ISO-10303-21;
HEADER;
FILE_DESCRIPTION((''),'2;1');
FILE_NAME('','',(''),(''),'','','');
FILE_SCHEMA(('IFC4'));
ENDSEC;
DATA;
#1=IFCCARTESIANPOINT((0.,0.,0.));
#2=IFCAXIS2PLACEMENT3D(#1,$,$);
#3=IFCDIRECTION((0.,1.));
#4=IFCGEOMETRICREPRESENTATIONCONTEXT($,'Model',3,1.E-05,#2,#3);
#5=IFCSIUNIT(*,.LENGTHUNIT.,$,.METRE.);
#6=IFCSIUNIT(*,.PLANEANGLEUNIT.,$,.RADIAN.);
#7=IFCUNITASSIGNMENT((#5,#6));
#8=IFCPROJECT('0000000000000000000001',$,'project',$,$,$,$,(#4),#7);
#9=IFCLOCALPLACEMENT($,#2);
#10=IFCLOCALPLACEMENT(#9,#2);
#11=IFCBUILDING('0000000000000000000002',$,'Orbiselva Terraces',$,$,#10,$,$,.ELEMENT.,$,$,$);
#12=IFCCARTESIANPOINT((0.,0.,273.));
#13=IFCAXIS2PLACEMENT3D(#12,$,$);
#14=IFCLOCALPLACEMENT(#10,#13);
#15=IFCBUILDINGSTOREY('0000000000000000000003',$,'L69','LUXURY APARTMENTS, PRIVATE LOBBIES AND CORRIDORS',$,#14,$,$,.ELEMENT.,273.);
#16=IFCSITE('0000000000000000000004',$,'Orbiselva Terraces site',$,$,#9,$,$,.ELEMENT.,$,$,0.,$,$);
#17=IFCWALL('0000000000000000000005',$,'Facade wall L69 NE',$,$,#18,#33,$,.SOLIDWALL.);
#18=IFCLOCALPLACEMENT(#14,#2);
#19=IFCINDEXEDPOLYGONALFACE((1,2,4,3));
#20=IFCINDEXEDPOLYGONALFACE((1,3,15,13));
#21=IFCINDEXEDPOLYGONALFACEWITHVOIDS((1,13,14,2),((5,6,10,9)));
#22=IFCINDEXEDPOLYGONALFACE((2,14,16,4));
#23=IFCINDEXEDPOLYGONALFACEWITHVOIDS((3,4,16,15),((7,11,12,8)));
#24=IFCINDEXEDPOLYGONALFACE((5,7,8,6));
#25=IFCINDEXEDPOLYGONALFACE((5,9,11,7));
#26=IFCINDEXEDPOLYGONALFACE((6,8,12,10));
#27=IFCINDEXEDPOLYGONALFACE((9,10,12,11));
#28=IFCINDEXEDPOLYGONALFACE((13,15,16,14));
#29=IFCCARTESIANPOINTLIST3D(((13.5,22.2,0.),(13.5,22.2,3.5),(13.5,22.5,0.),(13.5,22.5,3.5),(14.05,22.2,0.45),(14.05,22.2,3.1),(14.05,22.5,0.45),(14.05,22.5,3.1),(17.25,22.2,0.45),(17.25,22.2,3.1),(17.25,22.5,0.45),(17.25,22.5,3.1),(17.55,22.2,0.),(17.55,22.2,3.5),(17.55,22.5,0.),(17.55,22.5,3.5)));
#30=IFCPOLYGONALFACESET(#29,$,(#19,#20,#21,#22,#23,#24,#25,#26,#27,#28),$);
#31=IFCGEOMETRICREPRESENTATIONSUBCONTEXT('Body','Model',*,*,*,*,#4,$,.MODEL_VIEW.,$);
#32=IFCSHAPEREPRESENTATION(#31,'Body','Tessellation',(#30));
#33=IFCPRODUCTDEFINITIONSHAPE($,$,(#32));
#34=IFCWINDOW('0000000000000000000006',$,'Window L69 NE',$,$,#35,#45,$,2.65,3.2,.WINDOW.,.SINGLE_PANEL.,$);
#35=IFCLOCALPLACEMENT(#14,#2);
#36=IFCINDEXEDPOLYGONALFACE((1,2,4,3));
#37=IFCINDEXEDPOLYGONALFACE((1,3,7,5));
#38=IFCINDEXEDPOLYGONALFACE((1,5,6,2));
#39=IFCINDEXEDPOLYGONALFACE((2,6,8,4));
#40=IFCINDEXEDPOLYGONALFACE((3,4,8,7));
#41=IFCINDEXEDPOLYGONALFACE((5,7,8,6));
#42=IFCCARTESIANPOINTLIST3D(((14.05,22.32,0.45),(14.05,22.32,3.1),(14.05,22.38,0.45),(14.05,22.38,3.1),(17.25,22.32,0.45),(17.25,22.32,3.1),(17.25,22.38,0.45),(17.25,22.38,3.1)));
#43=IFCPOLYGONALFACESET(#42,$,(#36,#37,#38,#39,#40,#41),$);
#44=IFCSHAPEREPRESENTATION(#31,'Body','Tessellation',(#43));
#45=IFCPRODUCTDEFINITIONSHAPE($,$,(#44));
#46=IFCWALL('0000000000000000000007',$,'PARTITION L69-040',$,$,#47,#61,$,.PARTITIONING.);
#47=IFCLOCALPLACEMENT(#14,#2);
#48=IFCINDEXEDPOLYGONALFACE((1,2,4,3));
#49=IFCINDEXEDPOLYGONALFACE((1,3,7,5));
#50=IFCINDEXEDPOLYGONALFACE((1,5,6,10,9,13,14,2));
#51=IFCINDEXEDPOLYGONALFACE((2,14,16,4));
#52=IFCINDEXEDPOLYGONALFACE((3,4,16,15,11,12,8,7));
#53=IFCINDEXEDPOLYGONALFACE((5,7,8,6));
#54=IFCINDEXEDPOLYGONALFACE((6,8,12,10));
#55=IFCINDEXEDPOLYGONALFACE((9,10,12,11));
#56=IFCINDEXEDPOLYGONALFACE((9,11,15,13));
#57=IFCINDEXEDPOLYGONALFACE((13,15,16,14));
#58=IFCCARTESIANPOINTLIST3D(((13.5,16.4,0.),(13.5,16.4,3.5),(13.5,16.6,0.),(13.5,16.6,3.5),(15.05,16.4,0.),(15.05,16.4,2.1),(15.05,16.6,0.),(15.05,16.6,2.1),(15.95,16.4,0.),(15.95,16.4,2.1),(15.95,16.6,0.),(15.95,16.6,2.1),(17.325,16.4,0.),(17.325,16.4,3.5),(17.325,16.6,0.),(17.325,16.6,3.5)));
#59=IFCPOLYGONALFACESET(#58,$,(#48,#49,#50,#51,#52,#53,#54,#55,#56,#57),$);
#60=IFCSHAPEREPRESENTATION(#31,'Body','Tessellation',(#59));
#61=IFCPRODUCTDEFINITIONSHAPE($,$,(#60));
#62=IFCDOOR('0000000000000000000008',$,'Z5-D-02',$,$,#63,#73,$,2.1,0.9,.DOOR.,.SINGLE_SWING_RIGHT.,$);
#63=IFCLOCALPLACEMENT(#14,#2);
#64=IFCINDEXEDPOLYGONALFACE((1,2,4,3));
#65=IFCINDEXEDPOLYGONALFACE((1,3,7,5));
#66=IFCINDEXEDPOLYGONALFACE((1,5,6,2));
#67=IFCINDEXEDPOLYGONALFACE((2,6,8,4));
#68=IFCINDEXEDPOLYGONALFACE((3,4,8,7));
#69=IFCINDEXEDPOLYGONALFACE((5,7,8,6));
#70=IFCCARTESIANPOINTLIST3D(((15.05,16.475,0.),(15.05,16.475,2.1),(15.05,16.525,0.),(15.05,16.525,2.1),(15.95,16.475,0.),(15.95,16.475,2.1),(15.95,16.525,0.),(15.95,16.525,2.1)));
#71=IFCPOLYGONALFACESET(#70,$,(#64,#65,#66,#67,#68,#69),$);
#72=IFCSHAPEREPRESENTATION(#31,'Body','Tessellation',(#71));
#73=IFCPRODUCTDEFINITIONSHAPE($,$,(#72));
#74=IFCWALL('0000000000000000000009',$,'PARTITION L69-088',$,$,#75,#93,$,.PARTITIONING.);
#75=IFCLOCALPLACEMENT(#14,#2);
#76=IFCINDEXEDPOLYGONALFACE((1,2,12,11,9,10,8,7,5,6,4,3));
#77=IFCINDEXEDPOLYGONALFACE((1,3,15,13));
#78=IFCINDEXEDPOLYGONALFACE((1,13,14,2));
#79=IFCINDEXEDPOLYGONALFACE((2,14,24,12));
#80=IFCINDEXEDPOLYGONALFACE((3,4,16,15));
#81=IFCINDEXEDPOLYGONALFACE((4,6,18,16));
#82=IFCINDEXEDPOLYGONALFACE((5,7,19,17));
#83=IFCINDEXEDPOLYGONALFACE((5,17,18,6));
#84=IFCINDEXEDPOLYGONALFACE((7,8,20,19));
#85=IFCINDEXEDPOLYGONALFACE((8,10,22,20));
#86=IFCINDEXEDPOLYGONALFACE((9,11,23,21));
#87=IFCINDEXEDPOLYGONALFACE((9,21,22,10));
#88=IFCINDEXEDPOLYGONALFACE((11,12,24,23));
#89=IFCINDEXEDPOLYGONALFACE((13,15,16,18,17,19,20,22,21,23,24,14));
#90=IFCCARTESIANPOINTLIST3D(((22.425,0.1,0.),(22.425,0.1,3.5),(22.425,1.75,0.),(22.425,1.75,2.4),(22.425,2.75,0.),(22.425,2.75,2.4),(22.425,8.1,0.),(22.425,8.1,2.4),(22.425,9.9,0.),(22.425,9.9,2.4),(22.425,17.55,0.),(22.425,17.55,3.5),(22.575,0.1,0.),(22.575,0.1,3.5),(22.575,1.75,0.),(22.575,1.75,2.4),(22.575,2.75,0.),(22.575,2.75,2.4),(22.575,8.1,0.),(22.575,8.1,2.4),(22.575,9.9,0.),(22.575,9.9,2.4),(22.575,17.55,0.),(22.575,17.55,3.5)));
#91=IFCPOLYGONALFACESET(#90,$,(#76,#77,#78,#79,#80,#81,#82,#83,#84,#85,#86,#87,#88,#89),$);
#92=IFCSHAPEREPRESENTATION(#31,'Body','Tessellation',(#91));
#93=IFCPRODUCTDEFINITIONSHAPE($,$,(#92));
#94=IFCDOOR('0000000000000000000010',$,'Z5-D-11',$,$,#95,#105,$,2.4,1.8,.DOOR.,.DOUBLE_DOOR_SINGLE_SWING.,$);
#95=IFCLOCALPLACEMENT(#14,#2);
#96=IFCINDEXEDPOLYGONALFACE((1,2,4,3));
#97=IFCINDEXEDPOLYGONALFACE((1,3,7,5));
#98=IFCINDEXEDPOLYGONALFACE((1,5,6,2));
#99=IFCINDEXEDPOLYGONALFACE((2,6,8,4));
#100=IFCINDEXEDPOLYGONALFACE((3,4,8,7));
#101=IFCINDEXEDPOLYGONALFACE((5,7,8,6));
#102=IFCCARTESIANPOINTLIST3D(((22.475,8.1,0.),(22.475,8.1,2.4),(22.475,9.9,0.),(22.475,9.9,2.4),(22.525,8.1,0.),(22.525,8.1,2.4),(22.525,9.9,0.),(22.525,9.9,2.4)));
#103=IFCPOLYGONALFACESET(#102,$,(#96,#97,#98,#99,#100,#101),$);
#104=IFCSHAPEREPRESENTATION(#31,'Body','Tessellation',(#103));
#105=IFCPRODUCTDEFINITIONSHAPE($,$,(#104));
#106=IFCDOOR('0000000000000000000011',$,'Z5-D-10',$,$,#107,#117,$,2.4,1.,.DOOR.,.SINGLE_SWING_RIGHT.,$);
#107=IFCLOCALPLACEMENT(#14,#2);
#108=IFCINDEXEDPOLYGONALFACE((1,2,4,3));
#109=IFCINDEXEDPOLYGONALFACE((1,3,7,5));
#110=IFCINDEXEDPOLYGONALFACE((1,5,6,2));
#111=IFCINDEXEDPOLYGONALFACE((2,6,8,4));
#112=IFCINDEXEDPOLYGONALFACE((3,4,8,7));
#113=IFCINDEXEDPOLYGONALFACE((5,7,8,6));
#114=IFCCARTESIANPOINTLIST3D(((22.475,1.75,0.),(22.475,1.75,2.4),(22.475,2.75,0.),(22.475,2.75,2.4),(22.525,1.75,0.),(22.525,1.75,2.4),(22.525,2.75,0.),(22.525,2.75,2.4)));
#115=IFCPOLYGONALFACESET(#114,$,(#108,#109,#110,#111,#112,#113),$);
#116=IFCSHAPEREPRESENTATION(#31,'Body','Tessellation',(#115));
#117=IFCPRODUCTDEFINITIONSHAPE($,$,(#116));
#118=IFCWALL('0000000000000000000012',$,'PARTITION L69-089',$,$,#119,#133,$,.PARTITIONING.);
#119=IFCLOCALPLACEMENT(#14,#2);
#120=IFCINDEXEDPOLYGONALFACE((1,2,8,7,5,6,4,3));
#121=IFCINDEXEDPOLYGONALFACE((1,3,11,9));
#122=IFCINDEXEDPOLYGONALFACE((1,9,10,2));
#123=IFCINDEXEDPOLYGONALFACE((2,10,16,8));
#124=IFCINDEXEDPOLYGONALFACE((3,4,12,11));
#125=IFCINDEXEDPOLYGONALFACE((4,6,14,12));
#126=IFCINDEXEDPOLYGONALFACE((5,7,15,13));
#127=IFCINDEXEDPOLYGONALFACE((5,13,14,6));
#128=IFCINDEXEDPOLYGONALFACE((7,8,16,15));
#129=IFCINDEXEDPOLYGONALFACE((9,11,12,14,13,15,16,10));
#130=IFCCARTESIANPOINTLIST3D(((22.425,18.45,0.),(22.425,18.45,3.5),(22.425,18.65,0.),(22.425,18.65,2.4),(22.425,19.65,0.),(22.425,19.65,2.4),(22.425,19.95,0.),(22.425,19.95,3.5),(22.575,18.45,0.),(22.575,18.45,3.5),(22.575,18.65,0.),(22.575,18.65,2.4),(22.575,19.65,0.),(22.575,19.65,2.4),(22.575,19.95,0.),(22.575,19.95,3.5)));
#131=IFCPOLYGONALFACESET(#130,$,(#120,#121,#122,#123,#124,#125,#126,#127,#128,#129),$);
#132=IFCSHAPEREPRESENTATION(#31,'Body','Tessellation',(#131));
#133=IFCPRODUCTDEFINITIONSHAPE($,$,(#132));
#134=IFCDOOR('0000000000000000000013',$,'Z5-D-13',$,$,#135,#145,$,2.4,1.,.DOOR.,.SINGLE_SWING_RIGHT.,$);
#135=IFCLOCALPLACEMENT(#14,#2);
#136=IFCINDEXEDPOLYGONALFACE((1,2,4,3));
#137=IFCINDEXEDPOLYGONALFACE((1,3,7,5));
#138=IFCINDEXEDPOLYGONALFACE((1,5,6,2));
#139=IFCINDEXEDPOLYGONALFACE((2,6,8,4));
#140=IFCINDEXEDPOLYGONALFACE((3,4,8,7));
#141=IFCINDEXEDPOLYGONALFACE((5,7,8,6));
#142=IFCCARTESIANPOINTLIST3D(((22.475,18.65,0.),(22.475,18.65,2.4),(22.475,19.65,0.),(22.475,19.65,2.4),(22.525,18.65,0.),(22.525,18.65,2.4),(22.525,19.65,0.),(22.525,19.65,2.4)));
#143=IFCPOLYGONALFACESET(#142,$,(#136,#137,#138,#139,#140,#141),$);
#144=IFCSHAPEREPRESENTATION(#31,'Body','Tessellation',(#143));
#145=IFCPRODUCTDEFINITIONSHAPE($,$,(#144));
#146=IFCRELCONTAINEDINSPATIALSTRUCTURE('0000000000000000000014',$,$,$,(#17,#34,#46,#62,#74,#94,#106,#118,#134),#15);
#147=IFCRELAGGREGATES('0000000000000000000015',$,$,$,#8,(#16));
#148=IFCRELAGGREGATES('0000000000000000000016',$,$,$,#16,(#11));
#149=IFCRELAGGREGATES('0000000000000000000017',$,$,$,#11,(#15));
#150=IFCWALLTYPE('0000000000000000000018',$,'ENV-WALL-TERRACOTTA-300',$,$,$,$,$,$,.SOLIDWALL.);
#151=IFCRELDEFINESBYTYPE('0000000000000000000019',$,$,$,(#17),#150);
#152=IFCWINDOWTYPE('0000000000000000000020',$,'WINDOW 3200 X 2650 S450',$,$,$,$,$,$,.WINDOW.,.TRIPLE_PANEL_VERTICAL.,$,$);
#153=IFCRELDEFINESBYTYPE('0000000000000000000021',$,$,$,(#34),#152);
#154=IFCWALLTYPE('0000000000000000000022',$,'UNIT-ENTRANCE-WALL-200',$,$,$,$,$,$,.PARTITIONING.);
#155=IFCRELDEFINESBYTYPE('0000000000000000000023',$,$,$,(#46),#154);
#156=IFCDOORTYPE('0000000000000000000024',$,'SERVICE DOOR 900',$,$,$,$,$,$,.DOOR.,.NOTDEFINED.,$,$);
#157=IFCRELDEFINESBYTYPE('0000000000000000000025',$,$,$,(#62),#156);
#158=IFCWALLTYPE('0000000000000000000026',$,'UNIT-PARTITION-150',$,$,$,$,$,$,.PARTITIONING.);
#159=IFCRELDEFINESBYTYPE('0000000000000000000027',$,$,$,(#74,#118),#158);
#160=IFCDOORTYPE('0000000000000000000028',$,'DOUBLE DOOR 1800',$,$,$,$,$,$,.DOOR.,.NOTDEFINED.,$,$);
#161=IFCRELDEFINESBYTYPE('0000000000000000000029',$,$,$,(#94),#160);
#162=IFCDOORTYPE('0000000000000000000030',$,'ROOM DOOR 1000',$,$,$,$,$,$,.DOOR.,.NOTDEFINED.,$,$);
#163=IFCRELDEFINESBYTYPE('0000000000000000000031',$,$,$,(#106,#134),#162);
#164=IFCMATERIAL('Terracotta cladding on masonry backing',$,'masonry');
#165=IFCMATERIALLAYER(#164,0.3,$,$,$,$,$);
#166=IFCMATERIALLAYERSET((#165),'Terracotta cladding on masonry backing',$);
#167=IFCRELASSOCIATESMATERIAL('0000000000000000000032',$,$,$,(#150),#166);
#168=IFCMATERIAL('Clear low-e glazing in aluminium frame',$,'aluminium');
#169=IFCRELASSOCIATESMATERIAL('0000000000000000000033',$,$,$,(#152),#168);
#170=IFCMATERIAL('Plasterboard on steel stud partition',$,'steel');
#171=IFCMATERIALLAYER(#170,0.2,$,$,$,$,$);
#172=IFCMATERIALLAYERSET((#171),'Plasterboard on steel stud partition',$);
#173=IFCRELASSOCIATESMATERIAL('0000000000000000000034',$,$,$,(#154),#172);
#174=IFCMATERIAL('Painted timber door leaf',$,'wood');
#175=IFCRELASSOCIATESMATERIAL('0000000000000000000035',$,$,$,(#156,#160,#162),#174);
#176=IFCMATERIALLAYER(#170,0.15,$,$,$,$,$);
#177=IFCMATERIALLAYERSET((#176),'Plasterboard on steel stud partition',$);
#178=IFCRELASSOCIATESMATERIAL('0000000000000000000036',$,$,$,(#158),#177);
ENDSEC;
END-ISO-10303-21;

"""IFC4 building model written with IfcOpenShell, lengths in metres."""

from ifc_helpers import new_model, si_unit, direction, frame, frame_2d, origin, place, context, subcontext, project, spatial, rectangle, extrude, material, layer, layer_set, type_object, element, fill, save


model = new_model("IFC4")

# Units and contexts
model_context = context("Model", 3, precision=1e-05, world=origin(), true_north=direction((0.0, 1.0)))
body_context = subcontext(model_context, "Body", "Model", "MODEL_VIEW")
ifc_project = project(units=[si_unit("LENGTHUNIT", "METRE"), si_unit("PLANEANGLEUNIT", "RADIAN")], contexts=[model_context])

# Site, building, storey
site_placement = place(None, origin())
site = spatial("IfcSite", under=ifc_project, at=site_placement, Name="Orbiselva Terraces site", CompositionType="ELEMENT", RefElevation=0.0)
building_placement = place(site_placement, origin())
building = spatial("IfcBuilding", under=site, at=building_placement, Name="Orbiselva Terraces", CompositionType="ELEMENT")
storey_placement = place(building_placement, frame((0.0, 0.0, 273.0)))
storey = spatial("IfcBuildingStorey", under=building, at=storey_placement, Name="L69", Description="LUXURY APARTMENTS, PRIVATE LOBBIES AND CORRIDORS", CompositionType="ELEMENT", Elevation=273.0)

# Shared definitions
ifc_material_1 = material(Name="Terracotta cladding on masonry backing", Category="masonry")
ifc_layer_1 = layer(ifc_material_1, 0.3)
ifc_layer_set_1 = layer_set([ifc_layer_1], Name="Terracotta cladding on masonry backing")
wall_type_1 = type_object("IfcWallType", Name="ENV-WALL-TERRACOTTA-300", PredefinedType="SOLIDWALL", material=ifc_layer_set_1)
ifc_material_2 = material(Name="Clear low-e glazing in aluminium frame", Category="aluminium")

# Wall, opening, window
wall_1_placement = place(storey_placement, frame((13.5, 22.35, 0.0), z_axis=(0.0, 0.0, 1.0), x_axis=(1.0, 0.0, 0.0)))
wall_1 = element("IfcWall", 1, at=wall_1_placement, inside=storey, type_object=wall_type_1, Name="Facade wall L69 NE", PredefinedType="SOLIDWALL", context=body_context, shape_type="SweptSolid", body=[
    extrude(rectangle(XDim=4.05, YDim=0.3, at=frame_2d((2.025, 0.0))), origin(), (0.0, 0.0, 1.0), 3.5),
])
opening_1_placement = place(wall_1_placement, frame((0.55, 0.0, 0.45)))
opening_1 = element("IfcOpeningElement", 2, at=opening_1_placement, cuts=wall_1, PredefinedType="OPENING", context=body_context, shape_type="SweptSolid", body=[
    extrude(rectangle(XDim=3.2, YDim=2.65, at=frame_2d((1.6, 1.325))), frame((0.0, 0.16, 0.0), z_axis=(0.0, -1.0, 0.0), x_axis=(1.0, 0.0, 0.0)), (0.0, 0.0, 1.0), 0.32),
])
window_type = type_object("IfcWindowType", Name="WINDOW 3200 X 2650 S450", PartitioningType="TRIPLE_PANEL_VERTICAL", PredefinedType="WINDOW", material=ifc_material_2)
window_placement = place(opening_1_placement, origin())
window = element("IfcWindow", 3, at=window_placement, inside=storey, type_object=window_type, Name="Window L69 NE", OverallHeight=2.65, OverallWidth=3.2, PartitioningType="SINGLE_PANEL", PredefinedType="WINDOW", context=body_context, shape_type="SweptSolid", body=[
    extrude(rectangle(XDim=3.2, YDim=2.65, at=frame_2d((1.6, 1.325))), frame((0.0, 0.03, 0.0), z_axis=(0.0, -1.0, 0.0), x_axis=(1.0, 0.0, 0.0)), (0.0, 0.0, 1.0), 0.06),
])
fill(opening_1, window)

# Wall, opening, door
ifc_material_3 = material(Name="Plasterboard on steel stud partition", Category="steel")
ifc_layer_2 = layer(ifc_material_3, 0.2)
ifc_layer_set_2 = layer_set([ifc_layer_2], Name="Plasterboard on steel stud partition")
wall_type_2 = type_object("IfcWallType", Name="UNIT-ENTRANCE-WALL-200", PredefinedType="PARTITIONING", material=ifc_layer_set_2)
wall_2_placement = place(storey_placement, frame((13.5, 16.5, 0.0), z_axis=(0.0, 0.0, 1.0), x_axis=(1.0, 0.0, 0.0)))
wall_2 = element("IfcWall", 4, at=wall_2_placement, inside=storey, type_object=wall_type_2, Name="PARTITION L69-040", PredefinedType="PARTITIONING", context=body_context, shape_type="SweptSolid", body=[
    extrude(rectangle(XDim=3.825, YDim=0.2, at=frame_2d((1.9125, 0.0))), origin(), (0.0, 0.0, 1.0), 3.5),
])
opening_2_placement = place(wall_2_placement, frame((1.55, 0.0, 0.0)))
opening_2 = element("IfcOpeningElement", 5, at=opening_2_placement, cuts=wall_2, PredefinedType="OPENING", context=body_context, shape_type="SweptSolid", body=[
    extrude(rectangle(XDim=0.9, YDim=2.1, at=frame_2d((0.45, 1.05))), frame((0.0, 0.11, 0.0), z_axis=(0.0, -1.0, 0.0), x_axis=(1.0, 0.0, 0.0)), (0.0, 0.0, 1.0), 0.22),
])
ifc_material_4 = material(Name="Painted timber door leaf", Category="wood")
door_type_1 = type_object("IfcDoorType", Name="SERVICE DOOR 900", OperationType="NOTDEFINED", PredefinedType="DOOR", material=ifc_material_4)
door_1_placement = place(opening_2_placement, origin())
door_1 = element("IfcDoor", 6, at=door_1_placement, inside=storey, type_object=door_type_1, Name="Z5-D-02", OperationType="SINGLE_SWING_RIGHT", OverallHeight=2.1, OverallWidth=0.9, PredefinedType="DOOR", context=body_context, shape_type="SweptSolid", body=[
    extrude(rectangle(XDim=0.9, YDim=2.1, at=frame_2d((0.45, 1.05))), frame((0.0, 0.025, 0.0), z_axis=(0.0, -1.0, 0.0), x_axis=(1.0, 0.0, 0.0)), (0.0, 0.0, 1.0), 0.05),
])
fill(opening_2, door_1)

# Wall, openings, doors
ifc_layer_3 = layer(ifc_material_3, 0.15)
ifc_layer_set_3 = layer_set([ifc_layer_3], Name="Plasterboard on steel stud partition")
wall_type_3 = type_object("IfcWallType", Name="UNIT-PARTITION-150", PredefinedType="PARTITIONING", material=ifc_layer_set_3)
wall_3_placement = place(storey_placement, frame((22.5, 17.55, 0.0), z_axis=(0.0, 0.0, 1.0), x_axis=(0.0, -1.0, 0.0)))
wall_3 = element("IfcWall", 7, at=wall_3_placement, inside=storey, type_object=wall_type_3, Name="PARTITION L69-088", PredefinedType="PARTITIONING", context=body_context, shape_type="SweptSolid", body=[
    extrude(rectangle(XDim=17.45, YDim=0.15, at=frame_2d((8.725, 0.0))), origin(), (0.0, 0.0, 1.0), 3.5),
])
opening_3_placement = place(wall_3_placement, frame((14.8, 0.0, 0.0)))
opening_3 = element("IfcOpeningElement", 8, at=opening_3_placement, cuts=wall_3, PredefinedType="OPENING", context=body_context, shape_type="SweptSolid", body=[
    extrude(rectangle(XDim=1.0, YDim=2.4, at=frame_2d((0.5, 1.2))), frame((0.0, 0.085, 0.0), z_axis=(0.0, -1.0, 0.0), x_axis=(1.0, 0.0, 0.0)), (0.0, 0.0, 1.0), 0.17),
])
opening_4_placement = place(wall_3_placement, frame((7.65, 0.0, 0.0)))
opening_4 = element("IfcOpeningElement", 9, at=opening_4_placement, cuts=wall_3, PredefinedType="OPENING", context=body_context, shape_type="SweptSolid", body=[
    extrude(rectangle(XDim=1.8, YDim=2.4, at=frame_2d((0.9, 1.2))), frame((0.0, 0.085, 0.0), z_axis=(0.0, -1.0, 0.0), x_axis=(1.0, 0.0, 0.0)), (0.0, 0.0, 1.0), 0.17),
])
door_type_2 = type_object("IfcDoorType", Name="DOUBLE DOOR 1800", OperationType="NOTDEFINED", PredefinedType="DOOR", material=ifc_material_4)
door_2_placement = place(opening_4_placement, origin())
door_2 = element("IfcDoor", 10, at=door_2_placement, inside=storey, type_object=door_type_2, Name="Z5-D-11", OperationType="DOUBLE_DOOR_SINGLE_SWING", OverallHeight=2.4, OverallWidth=1.8, PredefinedType="DOOR", context=body_context, shape_type="SweptSolid", body=[
    extrude(rectangle(XDim=1.8, YDim=2.4, at=frame_2d((0.9, 1.2))), frame((0.0, 0.025, 0.0), z_axis=(0.0, -1.0, 0.0), x_axis=(1.0, 0.0, 0.0)), (0.0, 0.0, 1.0), 0.05),
])
fill(opening_4, door_2)
door_type_3 = type_object("IfcDoorType", Name="ROOM DOOR 1000", OperationType="NOTDEFINED", PredefinedType="DOOR", material=ifc_material_4)
door_3_placement = place(opening_3_placement, origin())
door_3 = element("IfcDoor", 11, at=door_3_placement, inside=storey, type_object=door_type_3, Name="Z5-D-10", OperationType="SINGLE_SWING_RIGHT", OverallHeight=2.4, OverallWidth=1.0, PredefinedType="DOOR", context=body_context, shape_type="SweptSolid", body=[
    extrude(rectangle(XDim=1.0, YDim=2.4, at=frame_2d((0.5, 1.2))), frame((0.0, 0.025, 0.0), z_axis=(0.0, -1.0, 0.0), x_axis=(1.0, 0.0, 0.0)), (0.0, 0.0, 1.0), 0.05),
])
fill(opening_3, door_3)

# Wall, opening, door
wall_4_placement = place(storey_placement, frame((22.5, 19.95, 0.0), z_axis=(0.0, 0.0, 1.0), x_axis=(0.0, -1.0, 0.0)))
wall_4 = element("IfcWall", 12, at=wall_4_placement, inside=storey, type_object=wall_type_3, Name="PARTITION L69-089", PredefinedType="PARTITIONING", context=body_context, shape_type="SweptSolid", body=[
    extrude(rectangle(XDim=1.5, YDim=0.15, at=frame_2d((0.75, 0.0))), origin(), (0.0, 0.0, 1.0), 3.5),
])
opening_5_placement = place(wall_4_placement, frame((0.3, 0.0, 0.0)))
opening_5 = element("IfcOpeningElement", 13, at=opening_5_placement, cuts=wall_4, PredefinedType="OPENING", context=body_context, shape_type="SweptSolid", body=[
    extrude(rectangle(XDim=1.0, YDim=2.4, at=frame_2d((0.5, 1.2))), frame((0.0, 0.085, 0.0), z_axis=(0.0, -1.0, 0.0), x_axis=(1.0, 0.0, 0.0)), (0.0, 0.0, 1.0), 0.17),
])
door_4_placement = place(opening_5_placement, origin())
door_4 = element("IfcDoor", 14, at=door_4_placement, inside=storey, type_object=door_type_3, Name="Z5-D-13", OperationType="SINGLE_SWING_RIGHT", OverallHeight=2.4, OverallWidth=1.0, PredefinedType="DOOR", context=body_context, shape_type="SweptSolid", body=[
    extrude(rectangle(XDim=1.0, YDim=2.4, at=frame_2d((0.5, 1.2))), frame((0.0, 0.025, 0.0), z_axis=(0.0, -1.0, 0.0), x_axis=(1.0, 0.0, 0.0)), (0.0, 0.0, 1.0), 0.05),
])
fill(opening_5, door_4)

save(model, "model.ifc")
